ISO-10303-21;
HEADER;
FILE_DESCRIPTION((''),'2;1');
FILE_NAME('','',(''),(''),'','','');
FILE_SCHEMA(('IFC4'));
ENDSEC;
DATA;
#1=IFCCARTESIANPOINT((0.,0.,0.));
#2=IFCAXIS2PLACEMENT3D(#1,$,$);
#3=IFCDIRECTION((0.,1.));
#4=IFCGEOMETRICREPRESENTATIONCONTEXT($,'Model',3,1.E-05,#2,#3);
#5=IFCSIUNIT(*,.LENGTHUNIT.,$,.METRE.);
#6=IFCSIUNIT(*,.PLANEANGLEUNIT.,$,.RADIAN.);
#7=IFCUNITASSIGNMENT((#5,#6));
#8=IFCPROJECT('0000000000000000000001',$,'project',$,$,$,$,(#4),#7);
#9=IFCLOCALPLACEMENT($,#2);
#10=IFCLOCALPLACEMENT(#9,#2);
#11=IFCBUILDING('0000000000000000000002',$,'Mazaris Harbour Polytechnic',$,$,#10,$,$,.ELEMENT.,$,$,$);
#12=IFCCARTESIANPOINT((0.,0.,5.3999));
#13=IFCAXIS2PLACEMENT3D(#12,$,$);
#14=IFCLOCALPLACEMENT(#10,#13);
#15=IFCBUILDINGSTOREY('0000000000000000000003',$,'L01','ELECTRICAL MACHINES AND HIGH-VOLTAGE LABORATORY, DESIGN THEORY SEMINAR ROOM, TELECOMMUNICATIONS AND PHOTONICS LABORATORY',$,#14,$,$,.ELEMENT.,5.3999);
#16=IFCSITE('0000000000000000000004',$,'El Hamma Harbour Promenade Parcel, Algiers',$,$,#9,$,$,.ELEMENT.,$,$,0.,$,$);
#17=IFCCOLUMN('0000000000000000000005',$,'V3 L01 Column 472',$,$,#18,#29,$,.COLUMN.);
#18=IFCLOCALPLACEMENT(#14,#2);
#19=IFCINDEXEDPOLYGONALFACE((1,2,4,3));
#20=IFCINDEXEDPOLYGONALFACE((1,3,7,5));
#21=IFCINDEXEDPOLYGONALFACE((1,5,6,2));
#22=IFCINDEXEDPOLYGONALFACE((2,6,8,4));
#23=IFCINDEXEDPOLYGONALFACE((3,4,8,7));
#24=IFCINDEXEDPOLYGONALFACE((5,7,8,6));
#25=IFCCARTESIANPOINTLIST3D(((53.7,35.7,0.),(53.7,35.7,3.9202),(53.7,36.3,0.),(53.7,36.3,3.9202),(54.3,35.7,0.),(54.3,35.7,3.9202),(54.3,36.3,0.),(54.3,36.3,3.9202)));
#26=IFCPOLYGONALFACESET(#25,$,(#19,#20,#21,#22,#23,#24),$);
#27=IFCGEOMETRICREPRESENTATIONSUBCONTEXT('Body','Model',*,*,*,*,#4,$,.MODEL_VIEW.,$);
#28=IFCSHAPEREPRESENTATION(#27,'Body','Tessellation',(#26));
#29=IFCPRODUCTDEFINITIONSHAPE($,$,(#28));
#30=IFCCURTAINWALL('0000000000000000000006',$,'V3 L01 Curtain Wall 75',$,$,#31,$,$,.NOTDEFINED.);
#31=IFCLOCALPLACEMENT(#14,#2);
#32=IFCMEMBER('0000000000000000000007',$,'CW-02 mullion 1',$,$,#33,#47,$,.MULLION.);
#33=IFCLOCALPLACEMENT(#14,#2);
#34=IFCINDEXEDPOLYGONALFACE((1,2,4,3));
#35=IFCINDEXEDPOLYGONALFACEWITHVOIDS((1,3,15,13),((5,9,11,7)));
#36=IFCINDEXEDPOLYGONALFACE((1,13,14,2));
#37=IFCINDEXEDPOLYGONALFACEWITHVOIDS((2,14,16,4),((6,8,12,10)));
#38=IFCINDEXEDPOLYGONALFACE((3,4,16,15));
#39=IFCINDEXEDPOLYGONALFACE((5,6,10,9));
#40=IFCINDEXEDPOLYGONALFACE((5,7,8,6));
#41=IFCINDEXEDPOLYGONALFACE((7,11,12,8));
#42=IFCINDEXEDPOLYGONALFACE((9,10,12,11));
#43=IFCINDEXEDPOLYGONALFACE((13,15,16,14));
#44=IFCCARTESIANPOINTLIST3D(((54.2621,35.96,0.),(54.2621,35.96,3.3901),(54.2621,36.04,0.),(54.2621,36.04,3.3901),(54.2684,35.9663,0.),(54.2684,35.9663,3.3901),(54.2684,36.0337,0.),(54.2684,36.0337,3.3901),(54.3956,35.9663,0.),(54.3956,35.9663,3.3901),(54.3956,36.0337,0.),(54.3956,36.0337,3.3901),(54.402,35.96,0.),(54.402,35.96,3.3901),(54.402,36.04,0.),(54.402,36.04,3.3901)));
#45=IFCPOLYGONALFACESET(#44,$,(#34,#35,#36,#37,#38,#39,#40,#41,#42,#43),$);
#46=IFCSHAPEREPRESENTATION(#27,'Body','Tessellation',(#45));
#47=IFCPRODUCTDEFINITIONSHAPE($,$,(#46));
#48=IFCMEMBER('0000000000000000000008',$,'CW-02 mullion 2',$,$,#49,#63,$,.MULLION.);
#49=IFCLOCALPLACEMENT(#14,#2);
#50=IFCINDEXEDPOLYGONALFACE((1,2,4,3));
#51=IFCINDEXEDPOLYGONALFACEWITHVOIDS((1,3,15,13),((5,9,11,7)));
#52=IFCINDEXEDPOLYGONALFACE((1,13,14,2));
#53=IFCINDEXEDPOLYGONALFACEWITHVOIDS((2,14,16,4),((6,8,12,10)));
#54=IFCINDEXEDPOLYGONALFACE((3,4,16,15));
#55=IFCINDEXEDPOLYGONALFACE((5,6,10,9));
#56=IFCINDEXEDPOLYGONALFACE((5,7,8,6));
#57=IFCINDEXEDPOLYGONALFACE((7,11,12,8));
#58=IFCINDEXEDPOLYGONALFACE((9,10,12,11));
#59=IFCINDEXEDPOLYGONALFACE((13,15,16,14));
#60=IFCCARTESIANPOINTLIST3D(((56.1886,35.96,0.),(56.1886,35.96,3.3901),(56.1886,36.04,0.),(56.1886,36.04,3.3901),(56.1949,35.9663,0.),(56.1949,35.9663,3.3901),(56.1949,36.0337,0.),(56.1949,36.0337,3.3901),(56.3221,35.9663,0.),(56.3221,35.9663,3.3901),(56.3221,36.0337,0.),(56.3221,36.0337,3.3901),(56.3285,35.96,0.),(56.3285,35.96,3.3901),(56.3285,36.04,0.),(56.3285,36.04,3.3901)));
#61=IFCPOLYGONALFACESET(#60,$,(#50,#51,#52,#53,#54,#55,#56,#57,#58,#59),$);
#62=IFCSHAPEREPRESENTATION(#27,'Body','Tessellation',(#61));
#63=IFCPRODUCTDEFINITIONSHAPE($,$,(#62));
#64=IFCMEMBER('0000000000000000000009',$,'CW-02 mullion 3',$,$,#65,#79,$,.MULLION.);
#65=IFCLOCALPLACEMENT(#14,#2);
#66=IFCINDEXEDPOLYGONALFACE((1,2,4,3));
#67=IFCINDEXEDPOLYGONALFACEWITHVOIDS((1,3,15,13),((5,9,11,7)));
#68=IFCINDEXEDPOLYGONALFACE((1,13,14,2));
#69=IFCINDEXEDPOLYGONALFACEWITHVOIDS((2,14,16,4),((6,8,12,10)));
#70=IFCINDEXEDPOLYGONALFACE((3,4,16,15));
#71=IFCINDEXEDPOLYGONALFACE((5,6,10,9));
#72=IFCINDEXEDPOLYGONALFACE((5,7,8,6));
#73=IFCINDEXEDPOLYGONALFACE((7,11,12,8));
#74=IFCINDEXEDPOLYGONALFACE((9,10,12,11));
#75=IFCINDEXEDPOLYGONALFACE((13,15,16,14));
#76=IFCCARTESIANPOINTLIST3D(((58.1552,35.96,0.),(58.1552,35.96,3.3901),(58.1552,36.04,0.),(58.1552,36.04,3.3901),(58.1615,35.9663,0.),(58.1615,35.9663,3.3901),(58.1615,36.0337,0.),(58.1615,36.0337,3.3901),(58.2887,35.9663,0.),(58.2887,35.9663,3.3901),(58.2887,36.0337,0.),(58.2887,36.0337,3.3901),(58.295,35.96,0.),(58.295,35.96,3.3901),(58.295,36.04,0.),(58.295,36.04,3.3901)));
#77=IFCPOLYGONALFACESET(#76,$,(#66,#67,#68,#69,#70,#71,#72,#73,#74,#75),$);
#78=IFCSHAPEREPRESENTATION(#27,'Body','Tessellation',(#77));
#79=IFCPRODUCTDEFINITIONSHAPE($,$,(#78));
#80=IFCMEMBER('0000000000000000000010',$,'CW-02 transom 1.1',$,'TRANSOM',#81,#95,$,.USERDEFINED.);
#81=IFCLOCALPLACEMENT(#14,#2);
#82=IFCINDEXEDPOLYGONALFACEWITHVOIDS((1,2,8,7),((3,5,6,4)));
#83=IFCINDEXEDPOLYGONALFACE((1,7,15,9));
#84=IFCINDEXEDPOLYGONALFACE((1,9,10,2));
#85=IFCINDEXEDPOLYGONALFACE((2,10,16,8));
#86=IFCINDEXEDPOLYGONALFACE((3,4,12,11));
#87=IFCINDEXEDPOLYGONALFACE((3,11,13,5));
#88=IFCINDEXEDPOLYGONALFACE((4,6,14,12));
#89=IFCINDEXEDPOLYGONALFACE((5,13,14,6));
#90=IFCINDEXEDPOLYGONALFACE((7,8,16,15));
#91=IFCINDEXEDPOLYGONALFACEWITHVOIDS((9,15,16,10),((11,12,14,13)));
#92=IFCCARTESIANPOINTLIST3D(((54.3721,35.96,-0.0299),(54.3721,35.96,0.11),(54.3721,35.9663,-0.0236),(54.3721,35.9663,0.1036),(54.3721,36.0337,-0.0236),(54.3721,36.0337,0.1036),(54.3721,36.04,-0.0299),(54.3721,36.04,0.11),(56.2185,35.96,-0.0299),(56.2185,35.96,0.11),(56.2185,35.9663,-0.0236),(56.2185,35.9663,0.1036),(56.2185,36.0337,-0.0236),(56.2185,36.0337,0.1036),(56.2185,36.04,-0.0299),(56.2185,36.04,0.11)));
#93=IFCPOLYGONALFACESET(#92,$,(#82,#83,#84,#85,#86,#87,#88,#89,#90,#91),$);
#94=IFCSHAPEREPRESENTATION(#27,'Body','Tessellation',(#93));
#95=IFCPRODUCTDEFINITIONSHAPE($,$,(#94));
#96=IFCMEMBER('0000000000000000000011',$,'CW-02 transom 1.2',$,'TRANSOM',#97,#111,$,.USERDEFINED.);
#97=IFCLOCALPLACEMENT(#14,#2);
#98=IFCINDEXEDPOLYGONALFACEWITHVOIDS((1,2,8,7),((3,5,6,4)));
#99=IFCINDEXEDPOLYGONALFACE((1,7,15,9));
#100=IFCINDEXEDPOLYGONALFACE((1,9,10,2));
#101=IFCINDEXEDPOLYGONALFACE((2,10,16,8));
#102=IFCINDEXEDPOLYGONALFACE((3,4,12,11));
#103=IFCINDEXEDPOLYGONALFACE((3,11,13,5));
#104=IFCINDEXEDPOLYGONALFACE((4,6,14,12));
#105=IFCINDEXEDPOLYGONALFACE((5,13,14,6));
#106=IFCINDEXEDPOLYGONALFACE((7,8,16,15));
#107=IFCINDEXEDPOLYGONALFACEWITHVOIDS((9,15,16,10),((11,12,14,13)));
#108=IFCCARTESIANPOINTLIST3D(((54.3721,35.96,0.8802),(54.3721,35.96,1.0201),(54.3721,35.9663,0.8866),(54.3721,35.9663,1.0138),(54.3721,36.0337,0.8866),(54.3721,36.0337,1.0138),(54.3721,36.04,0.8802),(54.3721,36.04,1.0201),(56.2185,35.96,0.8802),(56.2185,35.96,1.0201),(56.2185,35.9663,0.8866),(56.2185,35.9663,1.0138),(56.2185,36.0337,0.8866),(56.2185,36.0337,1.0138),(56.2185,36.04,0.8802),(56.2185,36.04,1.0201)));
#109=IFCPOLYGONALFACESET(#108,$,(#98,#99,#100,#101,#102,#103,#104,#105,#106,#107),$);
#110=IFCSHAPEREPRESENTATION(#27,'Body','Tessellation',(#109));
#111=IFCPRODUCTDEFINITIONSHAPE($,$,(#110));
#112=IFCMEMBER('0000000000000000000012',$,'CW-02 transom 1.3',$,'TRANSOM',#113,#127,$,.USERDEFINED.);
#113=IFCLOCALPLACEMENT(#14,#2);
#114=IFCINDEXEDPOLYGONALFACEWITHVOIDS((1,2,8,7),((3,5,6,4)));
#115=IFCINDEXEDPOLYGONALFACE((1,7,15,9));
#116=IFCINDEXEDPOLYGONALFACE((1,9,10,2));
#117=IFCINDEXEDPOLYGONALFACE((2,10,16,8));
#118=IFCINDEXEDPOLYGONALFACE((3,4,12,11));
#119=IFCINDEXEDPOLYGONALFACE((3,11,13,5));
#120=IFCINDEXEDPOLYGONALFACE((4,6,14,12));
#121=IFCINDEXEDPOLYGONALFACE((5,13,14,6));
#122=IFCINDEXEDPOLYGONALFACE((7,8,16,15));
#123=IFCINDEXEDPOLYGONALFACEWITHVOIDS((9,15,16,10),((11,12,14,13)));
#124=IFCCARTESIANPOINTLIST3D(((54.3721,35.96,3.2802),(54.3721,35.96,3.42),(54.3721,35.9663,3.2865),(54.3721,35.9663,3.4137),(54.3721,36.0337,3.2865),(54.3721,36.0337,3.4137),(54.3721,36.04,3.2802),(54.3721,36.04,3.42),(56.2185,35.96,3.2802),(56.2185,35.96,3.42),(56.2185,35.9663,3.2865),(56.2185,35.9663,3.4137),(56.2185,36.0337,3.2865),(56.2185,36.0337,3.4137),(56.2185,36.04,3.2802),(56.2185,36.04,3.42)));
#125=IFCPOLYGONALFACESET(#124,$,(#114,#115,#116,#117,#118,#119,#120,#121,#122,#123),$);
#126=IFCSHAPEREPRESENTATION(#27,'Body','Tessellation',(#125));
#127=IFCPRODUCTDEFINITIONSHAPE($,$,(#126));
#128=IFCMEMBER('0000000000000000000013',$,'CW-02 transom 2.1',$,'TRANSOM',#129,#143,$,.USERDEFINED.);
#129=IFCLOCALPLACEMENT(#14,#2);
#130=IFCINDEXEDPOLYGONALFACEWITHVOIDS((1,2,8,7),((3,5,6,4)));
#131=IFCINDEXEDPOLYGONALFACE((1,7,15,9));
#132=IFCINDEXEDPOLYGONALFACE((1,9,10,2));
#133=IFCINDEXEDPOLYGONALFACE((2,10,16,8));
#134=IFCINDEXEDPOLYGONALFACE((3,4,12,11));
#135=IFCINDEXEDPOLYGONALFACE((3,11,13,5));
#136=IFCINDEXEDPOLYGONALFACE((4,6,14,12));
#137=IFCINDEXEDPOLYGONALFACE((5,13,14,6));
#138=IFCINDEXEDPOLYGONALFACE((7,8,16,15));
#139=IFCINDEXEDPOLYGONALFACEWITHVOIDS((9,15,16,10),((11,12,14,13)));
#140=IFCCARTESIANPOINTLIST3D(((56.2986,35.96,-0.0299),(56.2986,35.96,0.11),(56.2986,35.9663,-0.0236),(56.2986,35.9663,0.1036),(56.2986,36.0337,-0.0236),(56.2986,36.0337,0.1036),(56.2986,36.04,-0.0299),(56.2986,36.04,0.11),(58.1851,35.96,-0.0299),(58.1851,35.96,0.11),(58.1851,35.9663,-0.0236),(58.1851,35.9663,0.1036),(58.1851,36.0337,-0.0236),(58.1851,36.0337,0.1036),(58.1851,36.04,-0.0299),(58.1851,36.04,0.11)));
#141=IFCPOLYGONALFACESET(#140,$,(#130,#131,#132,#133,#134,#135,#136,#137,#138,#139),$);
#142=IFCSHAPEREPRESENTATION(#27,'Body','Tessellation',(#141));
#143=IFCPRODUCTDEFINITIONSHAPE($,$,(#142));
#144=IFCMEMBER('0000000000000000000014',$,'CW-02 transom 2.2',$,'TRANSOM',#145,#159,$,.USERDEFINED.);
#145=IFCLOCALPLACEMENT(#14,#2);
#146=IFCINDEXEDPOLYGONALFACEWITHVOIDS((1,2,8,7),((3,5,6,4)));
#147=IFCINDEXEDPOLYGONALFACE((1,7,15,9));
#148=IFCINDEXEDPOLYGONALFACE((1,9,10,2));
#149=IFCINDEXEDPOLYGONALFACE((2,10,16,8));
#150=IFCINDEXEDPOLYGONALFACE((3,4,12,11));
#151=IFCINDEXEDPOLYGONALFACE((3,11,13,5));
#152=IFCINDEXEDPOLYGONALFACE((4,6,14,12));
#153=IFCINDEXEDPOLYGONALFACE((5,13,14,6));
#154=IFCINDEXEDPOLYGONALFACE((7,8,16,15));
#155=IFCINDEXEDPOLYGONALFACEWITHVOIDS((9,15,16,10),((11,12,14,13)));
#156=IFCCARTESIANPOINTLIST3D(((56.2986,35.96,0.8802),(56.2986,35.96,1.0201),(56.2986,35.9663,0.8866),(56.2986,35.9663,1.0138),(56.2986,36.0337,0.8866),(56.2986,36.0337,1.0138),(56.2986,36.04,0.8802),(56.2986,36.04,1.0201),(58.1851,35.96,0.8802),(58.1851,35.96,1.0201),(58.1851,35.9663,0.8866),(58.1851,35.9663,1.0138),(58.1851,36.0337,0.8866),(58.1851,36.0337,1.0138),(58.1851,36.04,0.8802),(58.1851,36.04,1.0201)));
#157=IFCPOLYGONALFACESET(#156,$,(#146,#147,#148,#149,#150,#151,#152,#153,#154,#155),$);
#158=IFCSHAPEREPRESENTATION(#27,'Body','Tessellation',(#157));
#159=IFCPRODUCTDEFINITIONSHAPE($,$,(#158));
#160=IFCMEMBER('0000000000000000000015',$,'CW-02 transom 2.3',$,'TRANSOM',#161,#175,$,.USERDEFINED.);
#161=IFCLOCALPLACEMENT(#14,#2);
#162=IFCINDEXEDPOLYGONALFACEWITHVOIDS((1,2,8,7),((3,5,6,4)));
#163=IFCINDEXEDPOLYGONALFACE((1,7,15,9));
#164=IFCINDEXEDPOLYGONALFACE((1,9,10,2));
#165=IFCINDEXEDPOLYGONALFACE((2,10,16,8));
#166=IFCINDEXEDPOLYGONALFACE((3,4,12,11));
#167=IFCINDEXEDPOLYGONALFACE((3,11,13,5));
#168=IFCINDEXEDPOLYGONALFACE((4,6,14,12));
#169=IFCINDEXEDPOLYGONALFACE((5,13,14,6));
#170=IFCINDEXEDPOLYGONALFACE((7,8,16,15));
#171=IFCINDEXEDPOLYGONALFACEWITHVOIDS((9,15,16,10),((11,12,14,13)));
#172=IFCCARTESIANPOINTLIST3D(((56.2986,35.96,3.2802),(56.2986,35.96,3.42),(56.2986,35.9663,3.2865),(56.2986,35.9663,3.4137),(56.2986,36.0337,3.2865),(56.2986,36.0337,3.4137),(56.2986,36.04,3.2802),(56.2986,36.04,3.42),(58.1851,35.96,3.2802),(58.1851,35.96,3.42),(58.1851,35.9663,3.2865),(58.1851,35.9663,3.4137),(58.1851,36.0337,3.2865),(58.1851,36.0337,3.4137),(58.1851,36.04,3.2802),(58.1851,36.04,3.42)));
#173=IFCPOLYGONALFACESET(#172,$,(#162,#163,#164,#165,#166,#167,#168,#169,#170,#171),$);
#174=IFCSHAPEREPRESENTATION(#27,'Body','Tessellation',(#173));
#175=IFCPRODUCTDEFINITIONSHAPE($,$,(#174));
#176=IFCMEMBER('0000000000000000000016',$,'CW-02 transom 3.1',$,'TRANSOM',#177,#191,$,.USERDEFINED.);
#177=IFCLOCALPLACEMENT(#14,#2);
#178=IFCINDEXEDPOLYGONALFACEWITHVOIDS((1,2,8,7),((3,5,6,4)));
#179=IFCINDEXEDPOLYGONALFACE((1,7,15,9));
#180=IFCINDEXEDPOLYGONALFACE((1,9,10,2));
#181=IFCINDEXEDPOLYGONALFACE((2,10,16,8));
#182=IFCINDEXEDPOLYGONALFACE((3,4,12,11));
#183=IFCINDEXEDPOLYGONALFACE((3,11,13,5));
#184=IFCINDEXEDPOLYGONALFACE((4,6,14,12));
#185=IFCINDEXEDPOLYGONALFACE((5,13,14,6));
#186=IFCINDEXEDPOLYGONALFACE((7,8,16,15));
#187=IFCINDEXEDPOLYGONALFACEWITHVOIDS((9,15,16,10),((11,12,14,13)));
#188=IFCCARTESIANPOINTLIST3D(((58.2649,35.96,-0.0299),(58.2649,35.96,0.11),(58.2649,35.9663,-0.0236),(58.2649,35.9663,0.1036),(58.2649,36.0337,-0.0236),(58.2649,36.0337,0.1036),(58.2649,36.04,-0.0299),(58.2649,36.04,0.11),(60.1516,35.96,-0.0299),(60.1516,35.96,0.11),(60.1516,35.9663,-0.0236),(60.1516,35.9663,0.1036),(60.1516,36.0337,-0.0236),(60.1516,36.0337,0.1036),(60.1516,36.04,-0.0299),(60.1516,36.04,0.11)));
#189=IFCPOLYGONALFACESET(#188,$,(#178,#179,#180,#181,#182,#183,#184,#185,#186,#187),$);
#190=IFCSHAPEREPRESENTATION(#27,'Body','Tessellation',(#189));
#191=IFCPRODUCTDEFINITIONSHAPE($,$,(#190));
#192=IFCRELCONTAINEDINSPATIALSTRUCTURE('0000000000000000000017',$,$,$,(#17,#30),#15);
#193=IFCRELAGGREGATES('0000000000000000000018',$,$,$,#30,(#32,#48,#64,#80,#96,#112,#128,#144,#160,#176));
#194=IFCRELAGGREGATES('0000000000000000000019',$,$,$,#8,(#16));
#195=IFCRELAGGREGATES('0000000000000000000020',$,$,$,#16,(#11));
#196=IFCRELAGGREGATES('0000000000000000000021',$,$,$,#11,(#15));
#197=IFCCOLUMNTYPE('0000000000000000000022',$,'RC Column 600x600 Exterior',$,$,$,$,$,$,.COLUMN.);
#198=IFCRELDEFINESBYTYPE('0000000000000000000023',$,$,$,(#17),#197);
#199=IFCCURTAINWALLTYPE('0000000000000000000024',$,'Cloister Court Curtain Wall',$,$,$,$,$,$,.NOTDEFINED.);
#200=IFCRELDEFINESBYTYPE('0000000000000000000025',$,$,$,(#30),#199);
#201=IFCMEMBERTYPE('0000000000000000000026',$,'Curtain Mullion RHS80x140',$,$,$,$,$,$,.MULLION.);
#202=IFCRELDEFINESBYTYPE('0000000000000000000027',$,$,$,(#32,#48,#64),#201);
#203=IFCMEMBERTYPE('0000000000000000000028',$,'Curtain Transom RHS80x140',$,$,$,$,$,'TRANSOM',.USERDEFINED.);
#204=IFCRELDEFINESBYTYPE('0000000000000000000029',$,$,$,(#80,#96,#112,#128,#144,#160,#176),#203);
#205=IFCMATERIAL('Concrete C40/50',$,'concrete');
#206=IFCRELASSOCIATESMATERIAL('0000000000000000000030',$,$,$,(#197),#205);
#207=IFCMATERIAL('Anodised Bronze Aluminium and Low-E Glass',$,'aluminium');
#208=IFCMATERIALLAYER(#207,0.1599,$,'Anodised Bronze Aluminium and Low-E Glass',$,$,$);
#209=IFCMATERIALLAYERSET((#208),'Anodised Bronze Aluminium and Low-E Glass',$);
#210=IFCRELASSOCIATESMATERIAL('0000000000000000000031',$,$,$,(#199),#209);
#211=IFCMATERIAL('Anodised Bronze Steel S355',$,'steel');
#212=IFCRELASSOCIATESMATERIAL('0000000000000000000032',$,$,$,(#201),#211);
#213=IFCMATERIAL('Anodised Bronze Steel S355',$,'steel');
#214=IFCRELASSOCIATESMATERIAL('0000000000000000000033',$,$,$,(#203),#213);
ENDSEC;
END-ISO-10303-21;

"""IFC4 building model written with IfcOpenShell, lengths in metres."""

from ifc_helpers import new_model, si_unit, direction, frame, origin, origin_2d, place, context, subcontext, project, spatial, rectangle, hollow_rectangle, extrude, material, layer, layer_set, material_profile, profile_set, type_object, element, aggregate, save


model = new_model("IFC4")

# Units and contexts
model_context = context("Model", 3, precision=1e-05, world=origin(), true_north=direction((0.0, 1.0)))
body_context = subcontext(model_context, "Body", "Model", "MODEL_VIEW")
ifc_project = project(units=[si_unit("LENGTHUNIT", "METRE"), si_unit("PLANEANGLEUNIT", "RADIAN")], contexts=[model_context])

# Site, building, storey
site_placement = place(None, origin())
site = spatial("IfcSite", under=ifc_project, at=site_placement, Name="El Hamma Harbour Promenade Parcel, Algiers", CompositionType="ELEMENT", RefElevation=0.0)
building_placement = place(site_placement, origin())
building = spatial("IfcBuilding", under=site, at=building_placement, Name="Mazaris Harbour Polytechnic", CompositionType="ELEMENT")
storey_placement = place(building_placement, frame((0.0, 0.0, 5.3999)))
storey = spatial("IfcBuildingStorey", under=building, at=storey_placement, Name="L01", Description="ELECTRICAL MACHINES AND HIGH-VOLTAGE LABORATORY, DESIGN THEORY SEMINAR ROOM, TELECOMMUNICATIONS AND PHOTONICS LABORATORY", CompositionType="ELEMENT", Elevation=5.3999)

# Column
ifc_material_1 = material(Name="Concrete C40/50", Category="concrete")
ifc_material_profile_1 = material_profile(ifc_material_1, rectangle(XDim=0.6001, YDim=0.6001, at=origin_2d()), Name="RECT600x600")
ifc_profile_set_1 = profile_set([ifc_material_profile_1], Name="Concrete C40/50")
column_type = type_object("IfcColumnType", Name="RC Column 600x600 Exterior", PredefinedType="COLUMN", material=ifc_profile_set_1)
column_placement = place(storey_placement, frame((54.0, 36.0, 0.0), z_axis=(0.0, 0.0, 1.0), x_axis=(1.0, 0.0, 0.0)))
element("IfcColumn", 1, at=column_placement, inside=storey, type_object=column_type, Name="V3 L01 Column 472", PredefinedType="COLUMN", context=body_context, shape_type="SweptSolid", body=[
    extrude(rectangle(XDim=0.6001, YDim=0.6001, at=origin_2d()), origin(), (0.0, 0.0, 1.0), 3.9202),
])

# Curtain wall, members
ifc_material_2 = material(Name="Anodised Bronze Aluminium and Low-E Glass", Category="aluminium")
ifc_layer_1 = layer(ifc_material_2, 0.1599, Name="Anodised Bronze Aluminium and Low-E Glass")
ifc_layer_set_1 = layer_set([ifc_layer_1], Name="Anodised Bronze Aluminium and Low-E Glass")
curtain_wall_type = type_object("IfcCurtainWallType", Name="Cloister Court Curtain Wall", PredefinedType="NOTDEFINED", material=ifc_layer_set_1)
curtain_wall_placement = place(storey_placement, origin())
curtain_wall = element("IfcCurtainWall", 2, at=curtain_wall_placement, inside=storey, type_object=curtain_wall_type, Name="V3 L01 Curtain Wall 75", PredefinedType="NOTDEFINED")
ifc_material_3 = material(Name="Anodised Bronze Steel S355", Category="steel")
ifc_material_profile_2 = material_profile(ifc_material_3, hollow_rectangle(XDim=0.0801, YDim=0.1399, WallThickness=0.0063, at=origin_2d()), Name="RHS 80x140x6.3")
ifc_profile_set_2 = profile_set([ifc_material_profile_2], Name="Anodised Bronze Steel S355")
member_type_1 = type_object("IfcMemberType", Name="Curtain Mullion RHS80x140", PredefinedType="MULLION", material=ifc_profile_set_2)
member_1_placement = place(storey_placement, frame((54.332, 36.0, 0.0), z_axis=(0.0, 0.0, 1.0), x_axis=(0.0, 1.0, 0.0)))
member_1 = element("IfcMember", 3, at=member_1_placement, type_object=member_type_1, Name="CW-02 mullion 1", PredefinedType="MULLION", context=body_context, shape_type="SweptSolid", body=[
    extrude(hollow_rectangle(XDim=0.0801, YDim=0.1399, WallThickness=0.0063, at=origin_2d()), origin(), (0.0, 0.0, 1.0), 3.3901),
])
member_2_placement = place(storey_placement, frame((56.2585, 36.0, 0.0), z_axis=(0.0, 0.0, 1.0), x_axis=(0.0, 1.0, 0.0)))
member_2 = element("IfcMember", 4, at=member_2_placement, type_object=member_type_1, Name="CW-02 mullion 2", PredefinedType="MULLION", context=body_context, shape_type="SweptSolid", body=[
    extrude(hollow_rectangle(XDim=0.0801, YDim=0.1399, WallThickness=0.0063, at=origin_2d()), origin(), (0.0, 0.0, 1.0), 3.3901),
])
member_3_placement = place(storey_placement, frame((58.2251, 36.0, 0.0), z_axis=(0.0, 0.0, 1.0), x_axis=(0.0, 1.0, 0.0)))
member_3 = element("IfcMember", 5, at=member_3_placement, type_object=member_type_1, Name="CW-02 mullion 3", PredefinedType="MULLION", context=body_context, shape_type="SweptSolid", body=[
    extrude(hollow_rectangle(XDim=0.0801, YDim=0.1399, WallThickness=0.0063, at=origin_2d()), origin(), (0.0, 0.0, 1.0), 3.3901),
])
ifc_material_4 = material(Name="Anodised Bronze Steel S355", Category="steel")
ifc_material_profile_3 = material_profile(ifc_material_4, hollow_rectangle(XDim=0.0801, YDim=0.1399, WallThickness=0.0063, at=origin_2d()), Name="RHS 80x140x6.3")
ifc_profile_set_3 = profile_set([ifc_material_profile_3], Name="Anodised Bronze Steel S355")
member_type_2 = type_object("IfcMemberType", Name="Curtain Transom RHS80x140", ElementType="TRANSOM", PredefinedType="USERDEFINED", material=ifc_profile_set_3)
member_4_placement = place(storey_placement, frame((54.3721, 36.0, 0.04), z_axis=(1.0, 0.0, 0.0), x_axis=(0.0, 1.0, 0.0)))
member_4 = element("IfcMember", 6, at=member_4_placement, type_object=member_type_2, Name="CW-02 transom 1.1", ObjectType="TRANSOM", PredefinedType="USERDEFINED", context=body_context, shape_type="SweptSolid", body=[
    extrude(hollow_rectangle(XDim=0.0801, YDim=0.1399, WallThickness=0.0063, at=origin_2d()), origin(), (0.0, 0.0, 1.0), 1.8464),
])
member_5_placement = place(storey_placement, frame((54.3721, 36.0, 0.9502), z_axis=(1.0, 0.0, 0.0), x_axis=(0.0, 1.0, 0.0)))
member_5 = element("IfcMember", 7, at=member_5_placement, type_object=member_type_2, Name="CW-02 transom 1.2", ObjectType="TRANSOM", PredefinedType="USERDEFINED", context=body_context, shape_type="SweptSolid", body=[
    extrude(hollow_rectangle(XDim=0.0801, YDim=0.1399, WallThickness=0.0063, at=origin_2d()), origin(), (0.0, 0.0, 1.0), 1.8464),
])
member_6_placement = place(storey_placement, frame((54.3721, 36.0, 3.3501), z_axis=(1.0, 0.0, 0.0), x_axis=(0.0, 1.0, 0.0)))
member_6 = element("IfcMember", 8, at=member_6_placement, type_object=member_type_2, Name="CW-02 transom 1.3", ObjectType="TRANSOM", PredefinedType="USERDEFINED", context=body_context, shape_type="SweptSolid", body=[
    extrude(hollow_rectangle(XDim=0.0801, YDim=0.1399, WallThickness=0.0063, at=origin_2d()), origin(), (0.0, 0.0, 1.0), 1.8464),
])
member_7_placement = place(storey_placement, frame((56.2986, 36.0, 0.04), z_axis=(1.0, 0.0, 0.0), x_axis=(0.0, 1.0, 0.0)))
member_7 = element("IfcMember", 9, at=member_7_placement, type_object=member_type_2, Name="CW-02 transom 2.1", ObjectType="TRANSOM", PredefinedType="USERDEFINED", context=body_context, shape_type="SweptSolid", body=[
    extrude(hollow_rectangle(XDim=0.0801, YDim=0.1399, WallThickness=0.0063, at=origin_2d()), origin(), (0.0, 0.0, 1.0), 1.8865),
])
member_8_placement = place(storey_placement, frame((56.2986, 36.0, 0.9502), z_axis=(1.0, 0.0, 0.0), x_axis=(0.0, 1.0, 0.0)))
member_8 = element("IfcMember", 10, at=member_8_placement, type_object=member_type_2, Name="CW-02 transom 2.2", ObjectType="TRANSOM", PredefinedType="USERDEFINED", context=body_context, shape_type="SweptSolid", body=[
    extrude(hollow_rectangle(XDim=0.0801, YDim=0.1399, WallThickness=0.0063, at=origin_2d()), origin(), (0.0, 0.0, 1.0), 1.8865),
])
member_9_placement = place(storey_placement, frame((56.2986, 36.0, 3.3501), z_axis=(1.0, 0.0, 0.0), x_axis=(0.0, 1.0, 0.0)))
member_9 = element("IfcMember", 11, at=member_9_placement, type_object=member_type_2, Name="CW-02 transom 2.3", ObjectType="TRANSOM", PredefinedType="USERDEFINED", context=body_context, shape_type="SweptSolid", body=[
    extrude(hollow_rectangle(XDim=0.0801, YDim=0.1399, WallThickness=0.0063, at=origin_2d()), origin(), (0.0, 0.0, 1.0), 1.8865),
])
member_10_placement = place(storey_placement, frame((58.2649, 36.0, 0.04), z_axis=(1.0, 0.0, 0.0), x_axis=(0.0, 1.0, 0.0)))
member_10 = element("IfcMember", 12, at=member_10_placement, type_object=member_type_2, Name="CW-02 transom 3.1", ObjectType="TRANSOM", PredefinedType="USERDEFINED", context=body_context, shape_type="SweptSolid", body=[
    extrude(hollow_rectangle(XDim=0.0801, YDim=0.1399, WallThickness=0.0063, at=origin_2d()), origin(), (0.0, 0.0, 1.0), 1.8867),
])

aggregate(curtain_wall, [member_1, member_2, member_3, member_4, member_5, member_6, member_7, member_8, member_9, member_10])

save(model, "model.ifc")
